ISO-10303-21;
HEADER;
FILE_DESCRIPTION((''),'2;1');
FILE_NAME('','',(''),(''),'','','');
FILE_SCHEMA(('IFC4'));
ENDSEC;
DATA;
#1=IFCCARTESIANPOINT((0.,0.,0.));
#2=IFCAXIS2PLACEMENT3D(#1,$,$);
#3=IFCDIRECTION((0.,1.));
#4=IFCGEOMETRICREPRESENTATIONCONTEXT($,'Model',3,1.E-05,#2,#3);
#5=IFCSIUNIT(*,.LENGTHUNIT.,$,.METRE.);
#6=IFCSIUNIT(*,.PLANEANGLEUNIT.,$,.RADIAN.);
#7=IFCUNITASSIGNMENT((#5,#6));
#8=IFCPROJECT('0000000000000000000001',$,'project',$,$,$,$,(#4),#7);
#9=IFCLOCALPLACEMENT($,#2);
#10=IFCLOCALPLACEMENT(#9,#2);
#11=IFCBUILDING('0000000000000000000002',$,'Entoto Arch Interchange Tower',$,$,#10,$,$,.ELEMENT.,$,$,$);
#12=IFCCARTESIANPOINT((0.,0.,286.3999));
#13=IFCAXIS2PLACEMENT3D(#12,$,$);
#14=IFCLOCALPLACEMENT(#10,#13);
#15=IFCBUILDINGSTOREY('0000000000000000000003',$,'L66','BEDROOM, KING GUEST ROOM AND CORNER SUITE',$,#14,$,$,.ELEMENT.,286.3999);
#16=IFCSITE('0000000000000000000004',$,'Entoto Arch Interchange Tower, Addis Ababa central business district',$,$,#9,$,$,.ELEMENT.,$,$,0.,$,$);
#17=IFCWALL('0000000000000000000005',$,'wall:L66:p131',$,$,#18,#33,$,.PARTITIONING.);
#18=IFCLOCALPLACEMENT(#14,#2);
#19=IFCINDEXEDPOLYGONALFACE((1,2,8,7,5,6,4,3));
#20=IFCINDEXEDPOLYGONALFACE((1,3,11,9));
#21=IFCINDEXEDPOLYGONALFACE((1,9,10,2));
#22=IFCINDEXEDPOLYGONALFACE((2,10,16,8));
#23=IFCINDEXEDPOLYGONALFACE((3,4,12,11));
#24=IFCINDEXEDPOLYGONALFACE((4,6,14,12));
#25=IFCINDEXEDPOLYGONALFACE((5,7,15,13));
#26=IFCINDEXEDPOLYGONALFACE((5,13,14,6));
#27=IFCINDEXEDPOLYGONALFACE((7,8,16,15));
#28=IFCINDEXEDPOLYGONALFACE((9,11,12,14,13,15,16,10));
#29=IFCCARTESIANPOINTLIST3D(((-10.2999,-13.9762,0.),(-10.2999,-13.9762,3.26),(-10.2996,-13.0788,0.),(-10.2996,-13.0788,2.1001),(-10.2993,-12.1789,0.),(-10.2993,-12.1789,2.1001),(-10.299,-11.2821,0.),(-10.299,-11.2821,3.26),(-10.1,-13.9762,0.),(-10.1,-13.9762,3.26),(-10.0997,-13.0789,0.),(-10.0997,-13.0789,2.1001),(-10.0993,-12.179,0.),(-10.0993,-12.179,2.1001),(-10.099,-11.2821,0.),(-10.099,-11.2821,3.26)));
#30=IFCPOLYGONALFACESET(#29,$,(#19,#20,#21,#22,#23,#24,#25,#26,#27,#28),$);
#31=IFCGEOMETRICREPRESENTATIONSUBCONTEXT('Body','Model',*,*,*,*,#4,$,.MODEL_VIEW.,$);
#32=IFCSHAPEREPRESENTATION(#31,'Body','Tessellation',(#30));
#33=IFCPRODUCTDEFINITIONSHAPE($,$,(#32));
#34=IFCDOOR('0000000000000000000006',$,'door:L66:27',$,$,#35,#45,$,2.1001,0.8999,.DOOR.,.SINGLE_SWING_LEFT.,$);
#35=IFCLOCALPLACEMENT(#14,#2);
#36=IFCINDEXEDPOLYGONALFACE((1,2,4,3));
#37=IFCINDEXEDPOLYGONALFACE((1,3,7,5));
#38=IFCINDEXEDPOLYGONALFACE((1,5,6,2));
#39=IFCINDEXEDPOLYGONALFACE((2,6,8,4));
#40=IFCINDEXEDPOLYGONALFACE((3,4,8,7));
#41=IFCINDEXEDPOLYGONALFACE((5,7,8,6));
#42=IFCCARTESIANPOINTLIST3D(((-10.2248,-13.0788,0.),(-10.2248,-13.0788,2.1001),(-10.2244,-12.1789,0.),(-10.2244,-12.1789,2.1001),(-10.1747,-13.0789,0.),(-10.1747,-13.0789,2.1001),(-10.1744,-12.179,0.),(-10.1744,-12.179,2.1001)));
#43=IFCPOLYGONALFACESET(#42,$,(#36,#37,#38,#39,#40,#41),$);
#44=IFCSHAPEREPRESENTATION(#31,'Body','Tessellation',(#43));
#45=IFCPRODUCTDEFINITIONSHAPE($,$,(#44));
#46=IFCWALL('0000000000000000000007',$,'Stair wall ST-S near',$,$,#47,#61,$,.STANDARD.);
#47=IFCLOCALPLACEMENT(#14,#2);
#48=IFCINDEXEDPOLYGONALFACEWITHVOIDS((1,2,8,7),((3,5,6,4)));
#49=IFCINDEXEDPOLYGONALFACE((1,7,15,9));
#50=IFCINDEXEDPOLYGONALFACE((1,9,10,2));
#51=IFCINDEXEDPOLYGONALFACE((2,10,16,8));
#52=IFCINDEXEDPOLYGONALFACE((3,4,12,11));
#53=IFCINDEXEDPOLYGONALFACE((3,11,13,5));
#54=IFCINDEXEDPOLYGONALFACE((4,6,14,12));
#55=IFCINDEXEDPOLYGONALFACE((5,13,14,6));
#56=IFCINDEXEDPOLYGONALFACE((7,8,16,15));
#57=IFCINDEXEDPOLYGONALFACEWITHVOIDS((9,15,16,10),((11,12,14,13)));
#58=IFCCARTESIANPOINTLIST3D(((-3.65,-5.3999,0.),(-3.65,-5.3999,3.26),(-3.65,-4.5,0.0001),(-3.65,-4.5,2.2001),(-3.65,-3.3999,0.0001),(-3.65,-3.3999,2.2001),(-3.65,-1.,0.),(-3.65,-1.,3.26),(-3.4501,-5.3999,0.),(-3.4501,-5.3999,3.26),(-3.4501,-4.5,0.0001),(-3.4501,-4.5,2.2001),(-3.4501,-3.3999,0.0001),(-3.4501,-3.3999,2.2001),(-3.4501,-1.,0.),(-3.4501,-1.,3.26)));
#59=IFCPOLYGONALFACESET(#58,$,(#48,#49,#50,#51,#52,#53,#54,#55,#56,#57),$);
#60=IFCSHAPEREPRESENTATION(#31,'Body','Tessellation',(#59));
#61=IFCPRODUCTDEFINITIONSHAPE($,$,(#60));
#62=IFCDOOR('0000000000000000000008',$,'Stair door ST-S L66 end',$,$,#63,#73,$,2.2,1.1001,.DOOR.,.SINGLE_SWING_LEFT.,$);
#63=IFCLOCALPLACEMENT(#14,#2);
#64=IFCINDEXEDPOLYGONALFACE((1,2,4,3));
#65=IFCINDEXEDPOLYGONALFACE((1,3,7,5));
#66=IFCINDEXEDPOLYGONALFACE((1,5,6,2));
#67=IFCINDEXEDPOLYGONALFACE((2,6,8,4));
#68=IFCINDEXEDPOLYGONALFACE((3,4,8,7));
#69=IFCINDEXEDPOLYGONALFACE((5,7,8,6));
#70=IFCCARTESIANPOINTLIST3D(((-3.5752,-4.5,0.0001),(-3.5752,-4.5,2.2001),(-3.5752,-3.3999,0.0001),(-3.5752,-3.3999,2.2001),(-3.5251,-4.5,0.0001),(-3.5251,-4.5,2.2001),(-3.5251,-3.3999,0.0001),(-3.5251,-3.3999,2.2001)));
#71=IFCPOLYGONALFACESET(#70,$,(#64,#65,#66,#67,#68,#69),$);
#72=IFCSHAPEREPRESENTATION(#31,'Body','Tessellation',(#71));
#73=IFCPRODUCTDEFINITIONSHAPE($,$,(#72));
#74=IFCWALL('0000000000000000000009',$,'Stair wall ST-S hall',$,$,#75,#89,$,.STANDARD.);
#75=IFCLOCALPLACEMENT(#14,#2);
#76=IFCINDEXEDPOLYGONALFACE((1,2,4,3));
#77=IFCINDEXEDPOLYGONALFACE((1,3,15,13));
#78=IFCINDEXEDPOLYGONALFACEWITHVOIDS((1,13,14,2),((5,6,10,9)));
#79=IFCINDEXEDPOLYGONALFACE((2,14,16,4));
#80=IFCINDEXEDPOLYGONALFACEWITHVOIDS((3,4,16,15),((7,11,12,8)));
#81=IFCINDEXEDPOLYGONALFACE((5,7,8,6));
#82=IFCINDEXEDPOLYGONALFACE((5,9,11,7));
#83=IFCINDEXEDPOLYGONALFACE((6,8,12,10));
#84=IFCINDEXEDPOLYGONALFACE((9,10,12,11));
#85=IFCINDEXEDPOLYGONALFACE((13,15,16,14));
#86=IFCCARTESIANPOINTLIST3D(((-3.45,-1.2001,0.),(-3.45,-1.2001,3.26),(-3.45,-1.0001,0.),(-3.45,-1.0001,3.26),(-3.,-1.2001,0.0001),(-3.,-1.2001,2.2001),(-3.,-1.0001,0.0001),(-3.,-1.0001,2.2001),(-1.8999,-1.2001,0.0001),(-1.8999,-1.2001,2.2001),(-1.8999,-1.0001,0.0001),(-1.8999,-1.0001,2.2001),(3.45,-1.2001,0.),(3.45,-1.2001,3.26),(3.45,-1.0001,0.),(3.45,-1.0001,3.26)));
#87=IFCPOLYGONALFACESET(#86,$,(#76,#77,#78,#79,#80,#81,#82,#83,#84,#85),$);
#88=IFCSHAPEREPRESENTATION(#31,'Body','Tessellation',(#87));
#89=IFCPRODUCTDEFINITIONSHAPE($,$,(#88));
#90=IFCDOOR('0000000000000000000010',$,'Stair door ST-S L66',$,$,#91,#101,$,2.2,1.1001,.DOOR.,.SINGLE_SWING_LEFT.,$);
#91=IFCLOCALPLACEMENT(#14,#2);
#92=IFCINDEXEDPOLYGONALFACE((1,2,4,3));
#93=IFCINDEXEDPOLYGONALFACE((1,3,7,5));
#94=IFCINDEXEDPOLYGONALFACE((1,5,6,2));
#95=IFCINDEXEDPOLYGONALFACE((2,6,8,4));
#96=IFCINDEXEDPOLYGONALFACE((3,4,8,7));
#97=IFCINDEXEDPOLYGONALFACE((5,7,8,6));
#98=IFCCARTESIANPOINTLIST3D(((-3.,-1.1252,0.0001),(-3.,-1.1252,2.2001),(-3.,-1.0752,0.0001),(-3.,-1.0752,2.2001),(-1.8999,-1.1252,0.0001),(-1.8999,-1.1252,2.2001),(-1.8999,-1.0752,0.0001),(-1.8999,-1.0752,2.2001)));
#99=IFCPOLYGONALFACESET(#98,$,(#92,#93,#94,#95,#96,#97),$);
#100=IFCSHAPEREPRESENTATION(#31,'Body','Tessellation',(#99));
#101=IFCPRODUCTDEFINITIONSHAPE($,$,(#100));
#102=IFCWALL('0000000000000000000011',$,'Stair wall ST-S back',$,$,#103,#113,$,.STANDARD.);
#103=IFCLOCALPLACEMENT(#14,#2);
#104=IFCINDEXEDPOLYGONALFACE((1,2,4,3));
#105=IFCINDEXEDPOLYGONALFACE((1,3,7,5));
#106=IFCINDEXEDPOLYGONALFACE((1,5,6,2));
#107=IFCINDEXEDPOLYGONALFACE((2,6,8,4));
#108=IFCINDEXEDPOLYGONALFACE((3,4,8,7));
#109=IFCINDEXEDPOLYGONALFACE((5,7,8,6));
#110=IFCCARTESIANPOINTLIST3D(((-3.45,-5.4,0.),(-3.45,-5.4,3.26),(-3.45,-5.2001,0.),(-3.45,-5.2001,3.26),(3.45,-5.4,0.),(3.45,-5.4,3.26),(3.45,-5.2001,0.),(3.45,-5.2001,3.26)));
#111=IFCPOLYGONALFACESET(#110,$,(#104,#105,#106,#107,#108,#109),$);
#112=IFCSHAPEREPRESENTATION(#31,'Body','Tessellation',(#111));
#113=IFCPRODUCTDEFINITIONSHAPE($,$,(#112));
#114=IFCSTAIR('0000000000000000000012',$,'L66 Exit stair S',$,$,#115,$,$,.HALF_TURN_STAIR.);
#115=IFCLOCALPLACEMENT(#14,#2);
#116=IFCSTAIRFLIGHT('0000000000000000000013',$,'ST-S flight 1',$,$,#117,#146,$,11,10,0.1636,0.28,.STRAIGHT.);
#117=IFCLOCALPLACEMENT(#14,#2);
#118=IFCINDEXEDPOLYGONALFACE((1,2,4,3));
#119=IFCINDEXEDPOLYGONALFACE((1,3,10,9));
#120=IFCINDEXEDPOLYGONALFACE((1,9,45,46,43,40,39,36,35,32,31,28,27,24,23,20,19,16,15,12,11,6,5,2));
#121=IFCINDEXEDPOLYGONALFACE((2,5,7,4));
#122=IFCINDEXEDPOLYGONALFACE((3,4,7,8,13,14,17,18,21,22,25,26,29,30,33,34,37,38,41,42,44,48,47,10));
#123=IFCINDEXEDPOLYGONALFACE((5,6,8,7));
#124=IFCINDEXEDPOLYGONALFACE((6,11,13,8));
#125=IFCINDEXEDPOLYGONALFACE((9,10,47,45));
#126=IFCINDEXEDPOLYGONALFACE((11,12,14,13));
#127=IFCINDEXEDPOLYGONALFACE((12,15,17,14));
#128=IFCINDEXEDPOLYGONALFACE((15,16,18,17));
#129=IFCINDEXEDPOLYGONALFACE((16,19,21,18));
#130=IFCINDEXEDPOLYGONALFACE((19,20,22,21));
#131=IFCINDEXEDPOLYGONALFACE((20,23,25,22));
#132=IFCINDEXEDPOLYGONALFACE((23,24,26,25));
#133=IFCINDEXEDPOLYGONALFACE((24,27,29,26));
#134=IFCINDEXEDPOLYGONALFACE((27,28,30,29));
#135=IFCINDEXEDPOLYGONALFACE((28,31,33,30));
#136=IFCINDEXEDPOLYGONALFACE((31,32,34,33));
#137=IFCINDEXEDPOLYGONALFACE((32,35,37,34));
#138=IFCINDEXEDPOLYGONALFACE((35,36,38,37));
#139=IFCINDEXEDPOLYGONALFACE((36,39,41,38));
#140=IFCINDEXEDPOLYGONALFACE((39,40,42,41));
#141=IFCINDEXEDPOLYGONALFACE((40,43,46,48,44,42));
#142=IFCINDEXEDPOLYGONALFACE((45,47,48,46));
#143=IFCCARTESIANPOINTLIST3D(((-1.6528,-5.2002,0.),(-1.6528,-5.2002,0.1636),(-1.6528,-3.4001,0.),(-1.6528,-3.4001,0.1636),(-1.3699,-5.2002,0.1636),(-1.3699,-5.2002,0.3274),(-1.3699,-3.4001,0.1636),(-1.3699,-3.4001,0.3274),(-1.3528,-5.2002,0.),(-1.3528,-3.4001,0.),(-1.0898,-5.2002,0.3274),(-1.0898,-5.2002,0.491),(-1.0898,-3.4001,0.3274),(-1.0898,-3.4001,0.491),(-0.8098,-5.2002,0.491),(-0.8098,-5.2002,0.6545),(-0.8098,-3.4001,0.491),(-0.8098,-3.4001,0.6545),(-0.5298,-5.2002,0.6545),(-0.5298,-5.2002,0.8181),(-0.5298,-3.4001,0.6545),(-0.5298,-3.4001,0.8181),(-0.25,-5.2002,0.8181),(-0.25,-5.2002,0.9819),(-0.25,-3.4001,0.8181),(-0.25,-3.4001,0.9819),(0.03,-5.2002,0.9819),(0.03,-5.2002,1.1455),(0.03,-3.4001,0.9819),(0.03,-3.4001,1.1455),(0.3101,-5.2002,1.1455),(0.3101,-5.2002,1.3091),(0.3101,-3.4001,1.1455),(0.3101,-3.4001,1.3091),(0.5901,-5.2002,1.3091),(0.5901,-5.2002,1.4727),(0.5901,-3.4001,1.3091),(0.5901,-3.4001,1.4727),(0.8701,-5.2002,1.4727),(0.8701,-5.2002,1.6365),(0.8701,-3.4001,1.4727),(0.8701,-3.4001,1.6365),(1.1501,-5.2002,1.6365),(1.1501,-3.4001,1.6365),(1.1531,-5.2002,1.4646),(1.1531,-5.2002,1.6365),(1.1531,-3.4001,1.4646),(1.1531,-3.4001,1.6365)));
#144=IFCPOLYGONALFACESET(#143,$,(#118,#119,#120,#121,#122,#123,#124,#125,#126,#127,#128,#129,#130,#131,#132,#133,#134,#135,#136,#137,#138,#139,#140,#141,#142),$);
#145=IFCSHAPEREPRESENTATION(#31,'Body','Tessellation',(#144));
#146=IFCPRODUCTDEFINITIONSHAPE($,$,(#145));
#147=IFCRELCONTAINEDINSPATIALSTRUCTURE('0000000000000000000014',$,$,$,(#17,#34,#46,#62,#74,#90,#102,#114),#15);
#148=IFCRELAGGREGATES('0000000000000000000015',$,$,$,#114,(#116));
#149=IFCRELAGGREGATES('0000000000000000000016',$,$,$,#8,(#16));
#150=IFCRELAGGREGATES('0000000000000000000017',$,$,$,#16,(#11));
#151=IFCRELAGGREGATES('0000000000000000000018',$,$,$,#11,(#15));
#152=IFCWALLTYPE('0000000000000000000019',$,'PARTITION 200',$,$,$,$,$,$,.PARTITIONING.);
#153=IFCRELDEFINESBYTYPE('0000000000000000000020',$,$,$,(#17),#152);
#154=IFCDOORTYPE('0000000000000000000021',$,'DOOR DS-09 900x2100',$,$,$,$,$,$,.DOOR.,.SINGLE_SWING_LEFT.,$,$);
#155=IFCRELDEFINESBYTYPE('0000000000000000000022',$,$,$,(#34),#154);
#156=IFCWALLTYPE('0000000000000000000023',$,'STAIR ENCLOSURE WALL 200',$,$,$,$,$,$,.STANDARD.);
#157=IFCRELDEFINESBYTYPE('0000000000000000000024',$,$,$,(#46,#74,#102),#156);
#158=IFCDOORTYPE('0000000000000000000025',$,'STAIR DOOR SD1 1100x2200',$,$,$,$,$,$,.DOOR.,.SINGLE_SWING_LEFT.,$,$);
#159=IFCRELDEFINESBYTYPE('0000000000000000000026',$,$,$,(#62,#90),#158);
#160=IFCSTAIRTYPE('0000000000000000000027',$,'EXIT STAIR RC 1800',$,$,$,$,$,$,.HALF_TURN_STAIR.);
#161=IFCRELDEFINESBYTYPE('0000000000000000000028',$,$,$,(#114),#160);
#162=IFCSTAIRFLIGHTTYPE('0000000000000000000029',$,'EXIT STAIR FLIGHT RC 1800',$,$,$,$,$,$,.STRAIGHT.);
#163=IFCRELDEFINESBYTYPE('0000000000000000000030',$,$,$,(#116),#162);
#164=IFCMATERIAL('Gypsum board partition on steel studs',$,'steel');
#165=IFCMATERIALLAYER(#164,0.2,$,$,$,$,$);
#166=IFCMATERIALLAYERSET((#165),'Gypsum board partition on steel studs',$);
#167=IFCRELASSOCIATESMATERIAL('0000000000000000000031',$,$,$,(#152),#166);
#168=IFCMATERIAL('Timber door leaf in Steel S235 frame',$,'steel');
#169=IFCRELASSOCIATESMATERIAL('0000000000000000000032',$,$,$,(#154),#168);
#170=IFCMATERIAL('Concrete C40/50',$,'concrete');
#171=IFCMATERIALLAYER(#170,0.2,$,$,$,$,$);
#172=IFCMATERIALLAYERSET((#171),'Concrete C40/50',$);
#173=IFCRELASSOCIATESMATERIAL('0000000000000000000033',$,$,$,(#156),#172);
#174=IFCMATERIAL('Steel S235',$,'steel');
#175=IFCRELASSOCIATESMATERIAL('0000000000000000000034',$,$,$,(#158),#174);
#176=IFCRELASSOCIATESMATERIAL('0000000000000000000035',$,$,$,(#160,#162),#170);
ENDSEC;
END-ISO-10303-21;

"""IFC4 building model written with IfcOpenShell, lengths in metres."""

from ifc_helpers import new_model, si_unit, direction, frame, frame_2d, origin, place, context, subcontext, project, spatial, polyline, rectangle, outline, extrude, material, layer, layer_set, type_object, element, fill, aggregate, save


model = new_model("IFC4")

# Units and contexts
model_context = context("Model", 3, precision=1e-05, world=origin(), true_north=direction((0.0, 1.0)))
body_context = subcontext(model_context, "Body", "Model", "MODEL_VIEW")
ifc_project = project(units=[si_unit("LENGTHUNIT", "METRE"), si_unit("PLANEANGLEUNIT", "RADIAN")], contexts=[model_context])

# Site, building, storey
site_placement = place(None, origin())
site = spatial("IfcSite", under=ifc_project, at=site_placement, Name="Entoto Arch Interchange Tower, Addis Ababa central business district", CompositionType="ELEMENT", RefElevation=0.0)
building_placement = place(site_placement, origin())
building = spatial("IfcBuilding", under=site, at=building_placement, Name="Entoto Arch Interchange Tower", CompositionType="ELEMENT")
storey_placement = place(building_placement, frame((0.0, 0.0, 286.3999)))
storey = spatial("IfcBuildingStorey", under=building, at=storey_placement, Name="L66", Description="BEDROOM, KING GUEST ROOM AND CORNER SUITE", CompositionType="ELEMENT", Elevation=286.3999)

# Shared definitions
ifc_material_1 = material(Name="Concrete C40/50", Category="concrete")
ifc_material_2 = material(Name="Gypsum board partition on steel studs", Category="steel")
ifc_layer_1 = layer(ifc_material_2, 0.2)
ifc_layer_set_1 = layer_set([ifc_layer_1], Name="Gypsum board partition on steel studs")
wall_type_1 = type_object("IfcWallType", Name="PARTITION 200", PredefinedType="PARTITIONING", material=ifc_layer_set_1)

# Shared definitions
ifc_material_3 = material(Name="Timber door leaf in Steel S235 frame", Category="steel")

# Walls, openings, doors
wall_1_placement = place(storey_placement, frame((-10.199, -11.282, 0.0), z_axis=(0.0, 0.0, 1.0), x_axis=(-0.000362, -1.0, 0.0)))
wall_1 = element("IfcWall", 1, at=wall_1_placement, inside=storey, type_object=wall_type_1, Name="wall:L66:p131", PredefinedType="PARTITIONING", context=body_context, shape_type="SweptSolid", body=[
    extrude(rectangle(XDim=2.6941, YDim=0.2, at=frame_2d((1.3472, 0.0))), origin(), (0.0, 0.0, 1.0), 3.26),
])
opening_1_placement = place(wall_1_placement, frame((0.897, 0.0, 0.0)))
opening_1 = element("IfcOpeningElement", 2, at=opening_1_placement, cuts=wall_1, PredefinedType="OPENING", context=body_context, shape_type="SweptSolid", body=[
    extrude(rectangle(XDim=0.8999, YDim=2.1001, at=frame_2d((0.45, 1.05))), frame((0.0, 0.1099, 0.0), z_axis=(0.0, -1.0, 0.0), x_axis=(1.0, 0.0, 0.0)), (0.0, 0.0, 1.0), 0.22),
])
door_type_1 = type_object("IfcDoorType", Name="DOOR DS-09 900x2100", OperationType="SINGLE_SWING_LEFT", PredefinedType="DOOR", material=ifc_material_3)
door_1_placement = place(opening_1_placement, origin())
door_1 = element("IfcDoor", 3, at=door_1_placement, inside=storey, type_object=door_type_1, Name="door:L66:27", OperationType="SINGLE_SWING_LEFT", OverallHeight=2.1001, OverallWidth=0.8999, PredefinedType="DOOR", context=body_context, shape_type="SweptSolid", body=[
    extrude(rectangle(XDim=0.8999, YDim=2.1001, at=frame_2d((0.45, 1.05))), frame((0.0, 0.0249, 0.0), z_axis=(0.0, -1.0, 0.0), x_axis=(1.0, 0.0, 0.0)), (0.0, 0.0, 1.0), 0.05),
])
fill(opening_1, door_1)
ifc_layer_2 = layer(ifc_material_1, 0.2)
ifc_layer_set_2 = layer_set([ifc_layer_2], Name="Concrete C40/50")
wall_type_2 = type_object("IfcWallType", Name="STAIR ENCLOSURE WALL 200", PredefinedType="STANDARD", material=ifc_layer_set_2)
wall_2_placement = place(storey_placement, frame((-3.55, -1.0, 0.0), z_axis=(0.0, 0.0, 1.0), x_axis=(0.0, -1.0, 0.0)))
wall_2 = element("IfcWall", 4, at=wall_2_placement, inside=storey, type_object=wall_type_2, Name="Stair wall ST-S near", PredefinedType="STANDARD", context=body_context, shape_type="SweptSolid", body=[
    extrude(rectangle(XDim=4.3999, YDim=0.2, at=frame_2d((2.2, 0.0))), origin(), (0.0, 0.0, 1.0), 3.26),
])
opening_2_placement = place(wall_2_placement, frame((2.3999, 0.0, 0.0)))
opening_2 = element("IfcOpeningElement", 5, at=opening_2_placement, cuts=wall_2, PredefinedType="OPENING", context=body_context, shape_type="SweptSolid", body=[
    extrude(rectangle(XDim=1.1001, YDim=2.2, at=frame_2d((0.55, 1.1001))), frame((0.0, 0.1099, 0.0), z_axis=(0.0, -1.0, 0.0), x_axis=(1.0, 0.0, 0.0)), (0.0, 0.0, 1.0), 0.22),
])
ifc_material_4 = material(Name="Steel S235", Category="steel")
door_type_2 = type_object("IfcDoorType", Name="STAIR DOOR SD1 1100x2200", OperationType="SINGLE_SWING_LEFT", PredefinedType="DOOR", material=ifc_material_4)
door_2_placement = place(opening_2_placement, origin())
door_2 = element("IfcDoor", 6, at=door_2_placement, inside=storey, type_object=door_type_2, Name="Stair door ST-S L66 end", OperationType="SINGLE_SWING_LEFT", OverallHeight=2.2, OverallWidth=1.1001, PredefinedType="DOOR", context=body_context, shape_type="SweptSolid", body=[
    extrude(rectangle(XDim=1.1001, YDim=2.2, at=frame_2d((0.55, 1.1001))), frame((0.0, 0.0249, 0.0), z_axis=(0.0, -1.0, 0.0), x_axis=(1.0, 0.0, 0.0)), (0.0, 0.0, 1.0), 0.05),
])
fill(opening_2, door_2)
wall_3_placement = place(storey_placement, frame((-3.45, -1.1001, 0.0), z_axis=(0.0, 0.0, 1.0), x_axis=(1.0, 0.0, 0.0)))
wall_3 = element("IfcWall", 7, at=wall_3_placement, inside=storey, type_object=wall_type_2, Name="Stair wall ST-S hall", PredefinedType="STANDARD", context=body_context, shape_type="SweptSolid", body=[
    extrude(rectangle(XDim=6.8999, YDim=0.2, at=frame_2d((3.45, 0.0))), origin(), (0.0, 0.0, 1.0), 3.26),
])
opening_3_placement = place(wall_3_placement, frame((0.45, 0.0, 0.0)))
opening_3 = element("IfcOpeningElement", 8, at=opening_3_placement, cuts=wall_3, PredefinedType="OPENING", context=body_context, shape_type="SweptSolid", body=[
    extrude(rectangle(XDim=1.1001, YDim=2.2, at=frame_2d((0.55, 1.1001))), frame((0.0, 0.1099, 0.0), z_axis=(0.0, -1.0, 0.0), x_axis=(1.0, 0.0, 0.0)), (0.0, 0.0, 1.0), 0.22),
])
door_3_placement = place(opening_3_placement, origin())
door_3 = element("IfcDoor", 9, at=door_3_placement, inside=storey, type_object=door_type_2, Name="Stair door ST-S L66", OperationType="SINGLE_SWING_LEFT", OverallHeight=2.2, OverallWidth=1.1001, PredefinedType="DOOR", context=body_context, shape_type="SweptSolid", body=[
    extrude(rectangle(XDim=1.1001, YDim=2.2, at=frame_2d((0.55, 1.1001))), frame((0.0, 0.0249, 0.0), z_axis=(0.0, -1.0, 0.0), x_axis=(1.0, 0.0, 0.0)), (0.0, 0.0, 1.0), 0.05),
])
fill(opening_3, door_3)

# Wall
wall_4_placement = place(storey_placement, frame((-3.45, -5.3, 0.0), z_axis=(0.0, 0.0, 1.0), x_axis=(1.0, 0.0, 0.0)))
element("IfcWall", 10, at=wall_4_placement, inside=storey, type_object=wall_type_2, Name="Stair wall ST-S back", PredefinedType="STANDARD", context=body_context, shape_type="SweptSolid", body=[
    extrude(rectangle(XDim=6.8999, YDim=0.2, at=frame_2d((3.45, 0.0))), origin(), (0.0, 0.0, 1.0), 3.26),
])

# Stair, stair flight
stair_type = type_object("IfcStairType", Name="EXIT STAIR RC 1800", PredefinedType="HALF_TURN_STAIR", material=ifc_material_1)
stair_placement = place(storey_placement, origin())
stair = element("IfcStair", 11, at=stair_placement, inside=storey, type_object=stair_type, Name="L66 Exit stair S", PredefinedType="HALF_TURN_STAIR")
stair_flight_type = type_object("IfcStairFlightType", Name="EXIT STAIR FLIGHT RC 1800", PredefinedType="STRAIGHT", material=ifc_material_1)
stair_flight_placement = place(storey_placement, frame((-1.6499, -4.3, 0.0), z_axis=(0.0, 0.0, 1.0), x_axis=(1.0, 0.0, 0.0)))
stair_flight = element("IfcStairFlight", 12, at=stair_flight_placement, type_object=stair_flight_type, Name="ST-S flight 1", NumberOfRisers=11, NumberOfTreads=10, PredefinedType="STRAIGHT", RiserHeight=0.1636, TreadLength=0.28, context=body_context, shape_type="SweptSolid", body=[
    extrude(outline(polyline([(-0.0029, 0.0), (-0.0029, 0.1636), (0.28, 0.1636), (0.28, 0.3274), (0.5601, 0.3274), (0.5601, 0.491), (0.8401, 0.491), (0.8401, 0.6545), (1.1201, 0.6545), (1.1201, 0.8181), (1.3999, 0.8181), (1.3999, 0.9819), (1.6799, 0.9819), (1.6799, 1.1455), (1.96, 1.1455), (1.96, 1.3091), (2.24, 1.3091), (2.24, 1.4727), (2.52, 1.4727), (2.52, 1.6365), (2.8, 1.6365), (2.803, 1.6365), (2.803, 1.4646), (0.2971, 0.0), (-0.0029, 0.0)])), frame((0.0, 0.8999, 0.0), z_axis=(0.0, -1.0, 0.0), x_axis=(1.0, 0.0, 0.0)), (0.0, 0.0, 1.0), 1.8),
])
aggregate(stair, [stair_flight])

save(model, "model.ifc")
